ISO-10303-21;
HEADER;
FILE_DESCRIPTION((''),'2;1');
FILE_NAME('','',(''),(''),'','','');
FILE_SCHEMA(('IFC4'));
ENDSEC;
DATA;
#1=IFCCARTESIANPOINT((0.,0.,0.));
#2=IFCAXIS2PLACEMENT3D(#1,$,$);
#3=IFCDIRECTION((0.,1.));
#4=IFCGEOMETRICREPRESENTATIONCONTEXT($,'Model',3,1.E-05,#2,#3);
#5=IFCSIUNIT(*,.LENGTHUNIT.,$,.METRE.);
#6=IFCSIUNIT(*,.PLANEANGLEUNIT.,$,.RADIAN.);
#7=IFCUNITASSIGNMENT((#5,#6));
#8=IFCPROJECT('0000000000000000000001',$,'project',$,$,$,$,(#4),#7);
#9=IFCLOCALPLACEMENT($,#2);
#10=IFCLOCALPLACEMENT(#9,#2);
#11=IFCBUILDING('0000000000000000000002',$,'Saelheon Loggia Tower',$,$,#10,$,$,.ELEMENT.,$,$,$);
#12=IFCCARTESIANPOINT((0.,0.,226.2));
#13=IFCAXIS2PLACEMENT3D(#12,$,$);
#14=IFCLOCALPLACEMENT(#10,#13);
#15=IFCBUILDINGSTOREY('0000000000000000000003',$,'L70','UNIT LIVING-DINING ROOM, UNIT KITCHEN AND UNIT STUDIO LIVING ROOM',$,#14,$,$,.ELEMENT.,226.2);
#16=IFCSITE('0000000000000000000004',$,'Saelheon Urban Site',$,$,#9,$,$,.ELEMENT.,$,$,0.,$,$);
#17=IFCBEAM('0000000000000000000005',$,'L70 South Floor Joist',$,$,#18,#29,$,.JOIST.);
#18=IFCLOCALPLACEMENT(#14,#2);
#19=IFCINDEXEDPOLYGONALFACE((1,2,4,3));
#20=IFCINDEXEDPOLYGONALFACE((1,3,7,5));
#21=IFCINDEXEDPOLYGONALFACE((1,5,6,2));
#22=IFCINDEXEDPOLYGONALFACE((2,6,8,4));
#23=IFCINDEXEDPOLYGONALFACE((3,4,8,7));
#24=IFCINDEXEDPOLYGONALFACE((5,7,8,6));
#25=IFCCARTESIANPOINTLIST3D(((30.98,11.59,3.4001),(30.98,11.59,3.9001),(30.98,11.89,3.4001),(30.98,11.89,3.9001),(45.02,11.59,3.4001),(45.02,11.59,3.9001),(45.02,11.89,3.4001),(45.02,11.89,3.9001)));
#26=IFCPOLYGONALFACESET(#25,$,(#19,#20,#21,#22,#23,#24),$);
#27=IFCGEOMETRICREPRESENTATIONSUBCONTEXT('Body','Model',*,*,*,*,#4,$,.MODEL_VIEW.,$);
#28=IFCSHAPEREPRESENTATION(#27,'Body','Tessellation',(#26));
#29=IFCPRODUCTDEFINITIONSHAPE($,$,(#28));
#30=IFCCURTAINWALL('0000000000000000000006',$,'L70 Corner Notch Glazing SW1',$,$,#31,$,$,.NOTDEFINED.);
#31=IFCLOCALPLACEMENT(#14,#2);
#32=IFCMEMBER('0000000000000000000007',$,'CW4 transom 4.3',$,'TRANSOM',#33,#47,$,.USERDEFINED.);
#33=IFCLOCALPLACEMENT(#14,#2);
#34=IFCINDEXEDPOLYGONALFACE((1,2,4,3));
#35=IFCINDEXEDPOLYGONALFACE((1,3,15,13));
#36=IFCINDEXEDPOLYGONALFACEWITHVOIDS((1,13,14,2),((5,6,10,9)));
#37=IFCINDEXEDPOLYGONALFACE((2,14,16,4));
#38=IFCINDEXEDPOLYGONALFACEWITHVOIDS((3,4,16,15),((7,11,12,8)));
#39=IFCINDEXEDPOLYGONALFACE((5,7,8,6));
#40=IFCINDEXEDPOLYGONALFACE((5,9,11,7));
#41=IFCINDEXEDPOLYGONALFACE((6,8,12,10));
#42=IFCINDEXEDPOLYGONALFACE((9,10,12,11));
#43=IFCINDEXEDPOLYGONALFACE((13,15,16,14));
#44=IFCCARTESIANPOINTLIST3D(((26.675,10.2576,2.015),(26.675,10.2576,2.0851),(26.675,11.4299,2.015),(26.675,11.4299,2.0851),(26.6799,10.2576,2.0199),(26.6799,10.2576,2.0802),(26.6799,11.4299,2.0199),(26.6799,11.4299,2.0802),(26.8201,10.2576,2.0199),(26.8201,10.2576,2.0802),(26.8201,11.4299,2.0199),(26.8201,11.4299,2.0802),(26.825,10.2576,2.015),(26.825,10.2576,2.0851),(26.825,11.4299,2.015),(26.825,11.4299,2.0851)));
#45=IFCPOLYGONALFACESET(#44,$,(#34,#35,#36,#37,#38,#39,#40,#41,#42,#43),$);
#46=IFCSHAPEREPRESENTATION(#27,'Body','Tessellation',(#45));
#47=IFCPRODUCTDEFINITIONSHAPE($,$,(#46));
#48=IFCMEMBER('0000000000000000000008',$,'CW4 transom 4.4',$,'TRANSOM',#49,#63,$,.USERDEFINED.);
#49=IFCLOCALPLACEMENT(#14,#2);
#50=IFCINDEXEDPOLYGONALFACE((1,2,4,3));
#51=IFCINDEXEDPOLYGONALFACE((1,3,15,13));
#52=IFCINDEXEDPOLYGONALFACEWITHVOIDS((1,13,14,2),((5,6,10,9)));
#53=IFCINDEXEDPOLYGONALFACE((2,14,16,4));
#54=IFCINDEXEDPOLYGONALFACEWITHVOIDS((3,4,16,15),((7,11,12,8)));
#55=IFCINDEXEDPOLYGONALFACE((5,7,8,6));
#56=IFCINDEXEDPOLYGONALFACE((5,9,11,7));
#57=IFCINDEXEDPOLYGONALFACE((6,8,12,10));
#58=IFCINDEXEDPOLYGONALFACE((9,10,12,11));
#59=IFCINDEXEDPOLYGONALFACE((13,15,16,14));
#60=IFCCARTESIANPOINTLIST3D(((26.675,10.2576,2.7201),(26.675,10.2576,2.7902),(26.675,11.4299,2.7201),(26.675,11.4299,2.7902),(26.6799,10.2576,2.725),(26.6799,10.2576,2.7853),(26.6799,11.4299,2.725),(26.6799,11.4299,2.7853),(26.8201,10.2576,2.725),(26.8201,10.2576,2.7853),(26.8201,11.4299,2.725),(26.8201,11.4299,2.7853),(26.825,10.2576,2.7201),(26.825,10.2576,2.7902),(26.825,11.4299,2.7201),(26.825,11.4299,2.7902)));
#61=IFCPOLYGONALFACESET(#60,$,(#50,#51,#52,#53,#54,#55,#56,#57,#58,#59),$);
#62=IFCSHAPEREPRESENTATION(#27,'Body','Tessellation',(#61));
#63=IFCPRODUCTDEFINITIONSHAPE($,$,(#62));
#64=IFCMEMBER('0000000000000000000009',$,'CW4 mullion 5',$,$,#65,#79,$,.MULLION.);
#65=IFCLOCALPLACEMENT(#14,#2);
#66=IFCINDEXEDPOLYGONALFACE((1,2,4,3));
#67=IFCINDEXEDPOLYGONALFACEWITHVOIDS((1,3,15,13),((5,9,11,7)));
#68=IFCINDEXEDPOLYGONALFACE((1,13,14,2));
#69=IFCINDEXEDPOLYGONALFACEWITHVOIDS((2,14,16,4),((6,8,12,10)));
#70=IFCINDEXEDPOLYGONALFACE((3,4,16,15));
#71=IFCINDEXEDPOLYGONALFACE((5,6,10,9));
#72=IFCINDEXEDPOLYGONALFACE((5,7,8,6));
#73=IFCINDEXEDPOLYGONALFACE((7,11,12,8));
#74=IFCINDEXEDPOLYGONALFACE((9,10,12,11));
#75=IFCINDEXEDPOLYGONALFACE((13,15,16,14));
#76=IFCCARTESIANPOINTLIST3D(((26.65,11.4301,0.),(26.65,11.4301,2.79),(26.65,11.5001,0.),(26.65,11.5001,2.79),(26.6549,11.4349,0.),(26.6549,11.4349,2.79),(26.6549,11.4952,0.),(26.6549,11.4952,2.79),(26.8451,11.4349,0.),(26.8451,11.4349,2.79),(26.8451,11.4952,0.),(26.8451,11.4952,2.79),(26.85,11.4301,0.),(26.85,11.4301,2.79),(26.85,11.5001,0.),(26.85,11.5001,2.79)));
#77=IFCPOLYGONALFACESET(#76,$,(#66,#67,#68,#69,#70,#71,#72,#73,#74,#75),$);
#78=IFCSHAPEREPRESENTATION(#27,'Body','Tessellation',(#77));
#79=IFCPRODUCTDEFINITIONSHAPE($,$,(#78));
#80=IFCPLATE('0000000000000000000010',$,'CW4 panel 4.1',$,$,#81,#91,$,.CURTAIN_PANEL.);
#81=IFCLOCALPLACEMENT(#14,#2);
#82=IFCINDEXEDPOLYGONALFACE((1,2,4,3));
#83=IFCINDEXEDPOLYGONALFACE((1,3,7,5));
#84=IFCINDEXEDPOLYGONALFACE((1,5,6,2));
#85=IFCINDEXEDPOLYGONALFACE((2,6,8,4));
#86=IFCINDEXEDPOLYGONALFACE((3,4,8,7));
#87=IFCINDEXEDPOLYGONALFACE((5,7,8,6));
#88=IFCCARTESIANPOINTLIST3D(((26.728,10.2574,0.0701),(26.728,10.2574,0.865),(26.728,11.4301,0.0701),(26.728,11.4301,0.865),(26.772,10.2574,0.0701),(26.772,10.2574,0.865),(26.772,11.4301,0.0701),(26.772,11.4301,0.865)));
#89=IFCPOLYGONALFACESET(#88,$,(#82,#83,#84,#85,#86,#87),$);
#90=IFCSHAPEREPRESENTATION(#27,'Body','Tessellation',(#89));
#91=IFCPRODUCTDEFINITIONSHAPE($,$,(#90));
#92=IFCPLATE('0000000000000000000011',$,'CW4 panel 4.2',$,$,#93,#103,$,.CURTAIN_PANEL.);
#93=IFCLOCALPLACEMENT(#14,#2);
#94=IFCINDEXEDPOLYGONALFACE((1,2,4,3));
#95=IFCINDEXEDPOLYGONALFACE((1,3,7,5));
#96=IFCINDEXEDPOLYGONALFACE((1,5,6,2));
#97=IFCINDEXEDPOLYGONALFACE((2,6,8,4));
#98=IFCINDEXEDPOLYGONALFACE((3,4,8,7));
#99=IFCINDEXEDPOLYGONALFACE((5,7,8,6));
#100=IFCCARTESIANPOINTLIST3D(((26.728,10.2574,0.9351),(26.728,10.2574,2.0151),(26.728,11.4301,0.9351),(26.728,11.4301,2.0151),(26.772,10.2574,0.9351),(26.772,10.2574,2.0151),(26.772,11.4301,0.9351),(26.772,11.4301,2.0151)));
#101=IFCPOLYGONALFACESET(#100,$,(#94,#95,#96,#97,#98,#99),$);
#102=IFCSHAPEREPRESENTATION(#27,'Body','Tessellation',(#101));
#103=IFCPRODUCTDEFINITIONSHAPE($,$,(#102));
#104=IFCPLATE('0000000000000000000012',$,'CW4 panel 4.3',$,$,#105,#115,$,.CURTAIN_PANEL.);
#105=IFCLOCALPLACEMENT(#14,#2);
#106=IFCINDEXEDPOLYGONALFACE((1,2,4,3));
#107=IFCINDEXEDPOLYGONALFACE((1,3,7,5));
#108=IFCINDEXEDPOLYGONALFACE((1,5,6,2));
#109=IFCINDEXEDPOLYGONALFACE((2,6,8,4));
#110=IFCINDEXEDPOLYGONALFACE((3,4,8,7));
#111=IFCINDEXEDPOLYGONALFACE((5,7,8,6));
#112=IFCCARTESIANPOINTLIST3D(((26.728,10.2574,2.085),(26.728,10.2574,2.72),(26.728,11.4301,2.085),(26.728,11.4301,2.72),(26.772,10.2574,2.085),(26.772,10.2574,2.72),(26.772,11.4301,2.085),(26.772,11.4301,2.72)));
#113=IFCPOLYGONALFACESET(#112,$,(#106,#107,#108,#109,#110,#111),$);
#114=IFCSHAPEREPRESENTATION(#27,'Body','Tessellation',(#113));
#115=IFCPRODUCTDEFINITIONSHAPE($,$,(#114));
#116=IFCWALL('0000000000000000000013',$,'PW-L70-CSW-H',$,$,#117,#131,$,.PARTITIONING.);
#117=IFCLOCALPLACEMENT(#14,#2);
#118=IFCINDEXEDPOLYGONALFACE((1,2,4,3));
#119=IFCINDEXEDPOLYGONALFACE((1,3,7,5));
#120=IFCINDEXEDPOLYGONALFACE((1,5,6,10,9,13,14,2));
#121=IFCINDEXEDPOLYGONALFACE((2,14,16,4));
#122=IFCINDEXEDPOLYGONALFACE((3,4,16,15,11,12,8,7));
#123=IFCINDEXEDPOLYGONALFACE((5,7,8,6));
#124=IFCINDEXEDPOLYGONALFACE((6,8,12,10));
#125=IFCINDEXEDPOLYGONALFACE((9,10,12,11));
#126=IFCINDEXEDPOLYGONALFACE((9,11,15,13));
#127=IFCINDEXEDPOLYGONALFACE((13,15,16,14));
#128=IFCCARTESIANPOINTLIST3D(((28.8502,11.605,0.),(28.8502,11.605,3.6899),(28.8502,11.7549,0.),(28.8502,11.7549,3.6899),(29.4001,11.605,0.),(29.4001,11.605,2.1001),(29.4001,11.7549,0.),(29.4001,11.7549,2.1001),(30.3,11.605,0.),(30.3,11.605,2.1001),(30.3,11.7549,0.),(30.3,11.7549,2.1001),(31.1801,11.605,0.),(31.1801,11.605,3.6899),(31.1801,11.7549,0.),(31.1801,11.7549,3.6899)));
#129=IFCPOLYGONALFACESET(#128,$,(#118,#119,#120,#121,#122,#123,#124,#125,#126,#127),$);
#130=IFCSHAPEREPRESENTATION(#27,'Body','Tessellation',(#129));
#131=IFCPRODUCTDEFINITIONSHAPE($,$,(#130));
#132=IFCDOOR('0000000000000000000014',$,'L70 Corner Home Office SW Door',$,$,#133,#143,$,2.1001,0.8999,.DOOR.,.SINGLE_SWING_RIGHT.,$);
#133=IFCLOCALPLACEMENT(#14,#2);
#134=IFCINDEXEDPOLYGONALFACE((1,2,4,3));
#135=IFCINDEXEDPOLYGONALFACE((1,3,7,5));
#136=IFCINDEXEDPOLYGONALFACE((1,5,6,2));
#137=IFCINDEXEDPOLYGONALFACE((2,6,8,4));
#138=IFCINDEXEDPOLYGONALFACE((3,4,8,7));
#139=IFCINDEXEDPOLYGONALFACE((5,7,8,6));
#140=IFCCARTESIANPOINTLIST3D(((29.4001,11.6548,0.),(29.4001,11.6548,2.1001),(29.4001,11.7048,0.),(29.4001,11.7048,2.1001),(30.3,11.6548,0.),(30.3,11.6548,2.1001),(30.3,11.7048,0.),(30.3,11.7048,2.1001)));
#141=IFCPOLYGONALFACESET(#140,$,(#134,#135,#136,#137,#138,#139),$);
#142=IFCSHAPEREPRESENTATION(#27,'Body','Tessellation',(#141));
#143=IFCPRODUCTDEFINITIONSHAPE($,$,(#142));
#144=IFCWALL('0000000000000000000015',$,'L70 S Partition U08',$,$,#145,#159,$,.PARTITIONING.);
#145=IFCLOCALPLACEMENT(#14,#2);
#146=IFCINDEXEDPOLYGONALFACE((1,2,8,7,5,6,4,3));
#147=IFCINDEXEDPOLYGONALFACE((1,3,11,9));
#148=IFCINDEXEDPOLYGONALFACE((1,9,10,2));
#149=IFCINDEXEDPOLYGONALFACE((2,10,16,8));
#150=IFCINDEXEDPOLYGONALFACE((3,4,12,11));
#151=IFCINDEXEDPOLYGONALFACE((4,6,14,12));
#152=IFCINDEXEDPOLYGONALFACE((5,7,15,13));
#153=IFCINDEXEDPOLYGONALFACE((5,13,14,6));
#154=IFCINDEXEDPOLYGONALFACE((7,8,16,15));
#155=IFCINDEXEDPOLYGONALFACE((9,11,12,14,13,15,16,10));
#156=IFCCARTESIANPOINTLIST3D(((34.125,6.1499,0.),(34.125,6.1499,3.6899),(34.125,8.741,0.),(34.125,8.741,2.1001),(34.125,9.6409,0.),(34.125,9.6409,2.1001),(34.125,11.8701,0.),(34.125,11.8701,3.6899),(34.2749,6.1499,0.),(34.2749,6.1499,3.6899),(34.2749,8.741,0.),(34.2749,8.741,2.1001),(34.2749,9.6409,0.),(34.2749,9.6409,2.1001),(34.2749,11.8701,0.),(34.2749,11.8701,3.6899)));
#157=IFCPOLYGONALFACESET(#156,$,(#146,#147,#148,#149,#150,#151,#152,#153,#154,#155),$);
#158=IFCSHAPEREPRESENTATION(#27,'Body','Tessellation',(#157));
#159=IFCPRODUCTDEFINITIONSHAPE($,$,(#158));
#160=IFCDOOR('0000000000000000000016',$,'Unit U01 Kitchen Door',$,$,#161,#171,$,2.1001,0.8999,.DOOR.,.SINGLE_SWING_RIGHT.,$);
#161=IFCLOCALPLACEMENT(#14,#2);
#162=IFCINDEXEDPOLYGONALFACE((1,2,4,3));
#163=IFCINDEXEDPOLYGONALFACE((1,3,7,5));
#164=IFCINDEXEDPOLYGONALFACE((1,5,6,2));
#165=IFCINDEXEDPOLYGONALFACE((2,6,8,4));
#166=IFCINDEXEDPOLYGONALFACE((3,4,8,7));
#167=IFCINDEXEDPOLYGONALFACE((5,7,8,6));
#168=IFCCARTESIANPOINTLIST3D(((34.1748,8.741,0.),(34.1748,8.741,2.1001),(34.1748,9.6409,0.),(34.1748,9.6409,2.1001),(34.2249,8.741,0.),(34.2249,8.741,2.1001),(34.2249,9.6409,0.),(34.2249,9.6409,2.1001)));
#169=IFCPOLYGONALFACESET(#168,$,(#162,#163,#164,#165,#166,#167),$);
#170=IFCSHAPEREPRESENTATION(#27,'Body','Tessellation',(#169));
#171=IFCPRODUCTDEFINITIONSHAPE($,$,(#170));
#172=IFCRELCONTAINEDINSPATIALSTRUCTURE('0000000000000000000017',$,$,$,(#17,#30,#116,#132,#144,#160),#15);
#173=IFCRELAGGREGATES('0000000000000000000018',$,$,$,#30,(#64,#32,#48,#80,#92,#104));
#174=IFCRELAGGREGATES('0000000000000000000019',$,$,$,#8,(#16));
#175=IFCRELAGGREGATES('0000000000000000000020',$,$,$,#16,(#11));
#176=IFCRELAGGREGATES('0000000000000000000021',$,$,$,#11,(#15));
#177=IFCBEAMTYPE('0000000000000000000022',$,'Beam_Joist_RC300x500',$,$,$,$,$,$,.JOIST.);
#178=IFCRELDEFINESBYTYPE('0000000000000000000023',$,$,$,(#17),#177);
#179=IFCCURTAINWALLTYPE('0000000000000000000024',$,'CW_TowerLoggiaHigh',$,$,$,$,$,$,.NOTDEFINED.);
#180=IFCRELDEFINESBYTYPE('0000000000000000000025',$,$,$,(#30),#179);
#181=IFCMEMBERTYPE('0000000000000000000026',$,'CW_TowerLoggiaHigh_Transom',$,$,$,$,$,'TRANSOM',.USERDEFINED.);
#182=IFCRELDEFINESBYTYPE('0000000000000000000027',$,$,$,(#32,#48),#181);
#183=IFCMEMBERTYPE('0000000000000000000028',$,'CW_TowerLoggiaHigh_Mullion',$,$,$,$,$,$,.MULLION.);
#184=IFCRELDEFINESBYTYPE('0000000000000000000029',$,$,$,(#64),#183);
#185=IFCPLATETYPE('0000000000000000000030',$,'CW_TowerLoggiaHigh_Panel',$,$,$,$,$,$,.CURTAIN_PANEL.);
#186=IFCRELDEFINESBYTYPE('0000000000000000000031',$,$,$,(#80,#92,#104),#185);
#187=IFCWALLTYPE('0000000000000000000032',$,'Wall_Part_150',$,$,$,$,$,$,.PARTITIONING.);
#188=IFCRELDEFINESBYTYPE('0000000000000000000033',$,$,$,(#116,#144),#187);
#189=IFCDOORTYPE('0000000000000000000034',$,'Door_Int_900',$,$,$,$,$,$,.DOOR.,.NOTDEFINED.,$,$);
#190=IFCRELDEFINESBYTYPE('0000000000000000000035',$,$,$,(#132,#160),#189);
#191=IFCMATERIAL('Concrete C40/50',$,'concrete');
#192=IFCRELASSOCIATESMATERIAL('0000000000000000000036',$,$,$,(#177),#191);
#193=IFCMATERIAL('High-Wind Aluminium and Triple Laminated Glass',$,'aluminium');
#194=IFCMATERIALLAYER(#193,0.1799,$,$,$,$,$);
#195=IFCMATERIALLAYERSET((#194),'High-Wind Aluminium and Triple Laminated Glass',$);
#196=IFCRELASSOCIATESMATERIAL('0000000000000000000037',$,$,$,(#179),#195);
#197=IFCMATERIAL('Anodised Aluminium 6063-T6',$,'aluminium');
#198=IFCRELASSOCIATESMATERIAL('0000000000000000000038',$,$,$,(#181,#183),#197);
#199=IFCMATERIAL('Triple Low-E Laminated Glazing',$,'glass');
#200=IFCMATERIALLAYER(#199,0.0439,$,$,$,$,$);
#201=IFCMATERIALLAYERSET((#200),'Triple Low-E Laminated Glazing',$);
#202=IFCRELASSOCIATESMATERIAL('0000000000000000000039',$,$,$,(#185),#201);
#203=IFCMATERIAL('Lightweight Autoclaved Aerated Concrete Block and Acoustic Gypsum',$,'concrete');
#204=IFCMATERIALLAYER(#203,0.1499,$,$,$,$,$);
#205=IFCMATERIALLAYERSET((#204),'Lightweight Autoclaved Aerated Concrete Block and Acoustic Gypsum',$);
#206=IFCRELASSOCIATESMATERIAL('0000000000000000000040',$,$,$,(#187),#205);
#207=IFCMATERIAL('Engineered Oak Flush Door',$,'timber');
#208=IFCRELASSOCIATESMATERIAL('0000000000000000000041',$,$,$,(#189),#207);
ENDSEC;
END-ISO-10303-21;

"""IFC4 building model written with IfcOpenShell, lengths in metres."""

from ifc_helpers import new_model, si_unit, direction, frame, frame_2d, origin, origin_2d, place, context, subcontext, project, spatial, rectangle, hollow_rectangle, extrude, source, transform, mapped, material, layer, layer_set, material_profile, profile_set, type_object, element, fill, aggregate, save


model = new_model("IFC4")

# Units and contexts
model_context = context("Model", 3, precision=1e-05, world=origin(), true_north=direction((0.0, 1.0)))
body_context = subcontext(model_context, "Body", "Model", "MODEL_VIEW")
ifc_project = project(units=[si_unit("LENGTHUNIT", "METRE"), si_unit("PLANEANGLEUNIT", "RADIAN")], contexts=[model_context])

# Site, building, storey
site_placement = place(None, origin())
site = spatial("IfcSite", under=ifc_project, at=site_placement, Name="Saelheon Urban Site", CompositionType="ELEMENT", RefElevation=0.0)
building_placement = place(site_placement, origin())
building = spatial("IfcBuilding", under=site, at=building_placement, Name="Saelheon Loggia Tower", CompositionType="ELEMENT")
storey_placement = place(building_placement, frame((0.0, 0.0, 226.2)))
storey = spatial("IfcBuildingStorey", under=building, at=storey_placement, Name="L70", Description="UNIT LIVING-DINING ROOM, UNIT KITCHEN AND UNIT STUDIO LIVING ROOM", CompositionType="ELEMENT", Elevation=226.2)

# Beam
ifc_material_1 = material(Name="Concrete C40/50", Category="concrete")
ifc_material_profile_1 = material_profile(ifc_material_1, rectangle(XDim=0.3, YDim=0.5, at=origin_2d()), Name="RC-300x500")
ifc_profile_set_1 = profile_set([ifc_material_profile_1], Name="Concrete C40/50")
beam_type = type_object("IfcBeamType", Name="Beam_Joist_RC300x500", PredefinedType="JOIST", material=ifc_profile_set_1)
shared_shape_1 = source(origin(), body_context, "Body", "SweptSolid", [
    extrude(rectangle(XDim=0.3, YDim=0.5, at=origin_2d()), origin(), (0.0, 0.0, 1.0), 14.04),
])
beam_placement = place(storey_placement, frame((30.98, 11.74, 3.6501), z_axis=(1.0, 0.0, 0.0), x_axis=(0.0, 1.0, 0.0)))
element("IfcBeam", 1, at=beam_placement, inside=storey, type_object=beam_type, Name="L70 South Floor Joist", PredefinedType="JOIST", context=body_context, shape_type="MappedRepresentation", body=[
    mapped(shared_shape_1, transform((0.0, 0.0, 0.0), scale=1.0)),
])

# Curtain wall, members, plates
ifc_material_2 = material(Name="High-Wind Aluminium and Triple Laminated Glass", Category="aluminium")
ifc_layer_1 = layer(ifc_material_2, 0.1799)
ifc_layer_set_1 = layer_set([ifc_layer_1], Name="High-Wind Aluminium and Triple Laminated Glass")
curtain_wall_type = type_object("IfcCurtainWallType", Name="CW_TowerLoggiaHigh", PredefinedType="NOTDEFINED", material=ifc_layer_set_1)
curtain_wall_placement = place(storey_placement, origin())
curtain_wall = element("IfcCurtainWall", 2, at=curtain_wall_placement, inside=storey, type_object=curtain_wall_type, Name="L70 Corner Notch Glazing SW1", PredefinedType="NOTDEFINED")
ifc_material_3 = material(Name="Anodised Aluminium 6063-T6", Category="aluminium")
ifc_material_profile_2 = material_profile(ifc_material_3, hollow_rectangle(XDim=0.0701, YDim=0.1499, WallThickness=0.0049, at=origin_2d()), Name="RHS-150x70x5")
ifc_profile_set_2 = profile_set([ifc_material_profile_2], Name="Anodised Aluminium 6063-T6")
member_type_1 = type_object("IfcMemberType", Name="CW_TowerLoggiaHigh_Transom", ElementType="TRANSOM", PredefinedType="USERDEFINED", material=ifc_profile_set_2)
shared_shape_2 = source(origin(), body_context, "Body", "SweptSolid", [
    extrude(hollow_rectangle(XDim=0.0701, YDim=0.1499, WallThickness=0.0049, at=origin_2d()), origin(), (0.0, 0.0, 1.0), 1.1724),
])
member_1_placement = place(storey_placement, frame((26.75, 10.2576, 2.05), z_axis=(0.0, 1.0, 0.0), x_axis=(0.0, 0.0, 1.0)))
member_1 = element("IfcMember", 3, at=member_1_placement, type_object=member_type_1, Name="CW4 transom 4.3", ObjectType="TRANSOM", PredefinedType="USERDEFINED", context=body_context, shape_type="MappedRepresentation", body=[
    mapped(shared_shape_2, transform((0.0, 0.0, 0.0), scale=1.0)),
])
member_2_placement = place(storey_placement, frame((26.75, 10.2576, 2.7551), z_axis=(0.0, 1.0, 0.0), x_axis=(0.0, 0.0, 1.0)))
member_2 = element("IfcMember", 4, at=member_2_placement, type_object=member_type_1, Name="CW4 transom 4.4", ObjectType="TRANSOM", PredefinedType="USERDEFINED", context=body_context, shape_type="MappedRepresentation", body=[
    mapped(shared_shape_2, transform((0.0, 0.0, 0.0), scale=1.0)),
])
ifc_material_profile_3 = material_profile(ifc_material_3, hollow_rectangle(XDim=0.0701, YDim=0.2, WallThickness=0.0049, at=origin_2d()), Name="RHS-200x70x5")
ifc_profile_set_3 = profile_set([ifc_material_profile_3], Name="Anodised Aluminium 6063-T6")
member_type_2 = type_object("IfcMemberType", Name="CW_TowerLoggiaHigh_Mullion", PredefinedType="MULLION", material=ifc_profile_set_3)
shared_shape_3 = source(origin(), body_context, "Body", "SweptSolid", [
    extrude(hollow_rectangle(XDim=0.0701, YDim=0.2, WallThickness=0.0049, at=origin_2d()), origin(), (0.0, 0.0, 1.0), 2.79),
])
member_3_placement = place(storey_placement, frame((26.75, 11.4651, 0.0), z_axis=(0.0, 0.0, 1.0), x_axis=(0.0, 1.0, 0.0)))
member_3 = element("IfcMember", 5, at=member_3_placement, type_object=member_type_2, Name="CW4 mullion 5", PredefinedType="MULLION", context=body_context, shape_type="MappedRepresentation", body=[
    mapped(shared_shape_3, transform((0.0, 0.0, 0.0), scale=1.0)),
])
ifc_material_4 = material(Name="Triple Low-E Laminated Glazing", Category="glass")
ifc_layer_2 = layer(ifc_material_4, 0.0439)
ifc_layer_set_2 = layer_set([ifc_layer_2], Name="Triple Low-E Laminated Glazing")
plate_type = type_object("IfcPlateType", Name="CW_TowerLoggiaHigh_Panel", PredefinedType="CURTAIN_PANEL", material=ifc_layer_set_2)
shared_shape_4 = source(origin(), body_context, "Body", "SweptSolid", [
    extrude(rectangle(XDim=1.1726, YDim=0.0439, at=origin_2d()), origin(), (0.0, 0.0, 1.0), 0.7949),
])
plate_1_placement = place(storey_placement, frame((26.75, 10.8438, 0.0701), z_axis=(0.0, 0.0, 1.0), x_axis=(0.0, 1.0, 0.0)))
plate_1 = element("IfcPlate", 6, at=plate_1_placement, type_object=plate_type, Name="CW4 panel 4.1", PredefinedType="CURTAIN_PANEL", context=body_context, shape_type="MappedRepresentation", body=[
    mapped(shared_shape_4, transform((0.0, 0.0, 0.0), scale=1.0)),
])
shared_shape_5 = source(origin(), body_context, "Body", "SweptSolid", [
    extrude(rectangle(XDim=1.1726, YDim=0.0439, at=origin_2d()), origin(), (0.0, 0.0, 1.0), 1.0801),
])
plate_2_placement = place(storey_placement, frame((26.75, 10.8438, 0.9351), z_axis=(0.0, 0.0, 1.0), x_axis=(0.0, 1.0, 0.0)))
plate_2 = element("IfcPlate", 7, at=plate_2_placement, type_object=plate_type, Name="CW4 panel 4.2", PredefinedType="CURTAIN_PANEL", context=body_context, shape_type="MappedRepresentation", body=[
    mapped(shared_shape_5, transform((0.0, 0.0, 0.0), scale=1.0)),
])
shared_shape_6 = source(origin(), body_context, "Body", "SweptSolid", [
    extrude(rectangle(XDim=1.1726, YDim=0.0439, at=origin_2d()), origin(), (0.0, 0.0, 1.0), 0.635),
])
plate_3_placement = place(storey_placement, frame((26.75, 10.8438, 2.085), z_axis=(0.0, 0.0, 1.0), x_axis=(0.0, 1.0, 0.0)))
plate_3 = element("IfcPlate", 8, at=plate_3_placement, type_object=plate_type, Name="CW4 panel 4.3", PredefinedType="CURTAIN_PANEL", context=body_context, shape_type="MappedRepresentation", body=[
    mapped(shared_shape_6, transform((0.0, 0.0, 0.0), scale=1.0)),
])
aggregate(curtain_wall, [member_3, member_1, member_2, plate_1, plate_2, plate_3])

# Walls, openings, doors
ifc_material_5 = material(Name="Lightweight Autoclaved Aerated Concrete Block and Acoustic Gypsum", Category="concrete")
ifc_layer_3 = layer(ifc_material_5, 0.1499)
ifc_layer_set_3 = layer_set([ifc_layer_3], Name="Lightweight Autoclaved Aerated Concrete Block and Acoustic Gypsum")
wall_type_1 = type_object("IfcWallType", Name="Wall_Part_150", PredefinedType="PARTITIONING", material=ifc_layer_set_3)
wall_1_placement = place(storey_placement, frame((28.8501, 11.6799, 0.0), z_axis=(0.0, 0.0, 1.0), x_axis=(1.0, 0.0, 0.0)))
wall_1 = element("IfcWall", 9, at=wall_1_placement, inside=storey, type_object=wall_type_1, Name="PW-L70-CSW-H", PredefinedType="PARTITIONING", context=body_context, shape_type="SweptSolid", body=[
    extrude(rectangle(XDim=2.3298, YDim=0.1499, at=frame_2d((1.165, 0.0))), origin(), (0.0, 0.0, 1.0), 3.6899),
])
opening_1_placement = place(wall_1_placement, frame((0.55, 0.0, 0.0)))
opening_1 = element("IfcOpeningElement", 10, at=opening_1_placement, cuts=wall_1, PredefinedType="OPENING", context=body_context, shape_type="SweptSolid", body=[
    extrude(rectangle(XDim=0.8999, YDim=2.1001, at=frame_2d((0.45, 1.05))), frame((0.0, 0.0869, 0.0), z_axis=(0.0, -1.0, 0.0), x_axis=(1.0, 0.0, 0.0)), (0.0, 0.0, 1.0), 0.1738),
])
ifc_material_6 = material(Name="Engineered Oak Flush Door", Category="timber")
door_type_1 = type_object("IfcDoorType", Name="Door_Int_900", OperationType="NOTDEFINED", PredefinedType="DOOR", material=ifc_material_6)
shared_shape_7 = source(origin(), body_context, "Body", "SweptSolid", [
    extrude(rectangle(XDim=0.8999, YDim=2.1001, at=frame_2d((0.45, 1.05))), frame((0.0, 0.0249, 0.0), z_axis=(0.0, -1.0, 0.0), x_axis=(1.0, 0.0, 0.0)), (0.0, 0.0, 1.0), 0.05),
])
door_1_placement = place(opening_1_placement, origin())
door_1 = element("IfcDoor", 11, at=door_1_placement, inside=storey, type_object=door_type_1, Name="L70 Corner Home Office SW Door", OperationType="SINGLE_SWING_RIGHT", OverallHeight=2.1001, OverallWidth=0.8999, PredefinedType="DOOR", context=body_context, shape_type="MappedRepresentation", body=[
    mapped(shared_shape_7, transform((0.0, 0.0, 0.0), scale=1.0)),
])
fill(opening_1, door_1)
wall_2_placement = place(storey_placement, frame((34.2, 11.8701, 0.0), z_axis=(0.0, 0.0, 1.0), x_axis=(0.0, -1.0, 0.0)))
wall_2 = element("IfcWall", 12, at=wall_2_placement, inside=storey, type_object=wall_type_1, Name="L70 S Partition U08", PredefinedType="PARTITIONING", context=body_context, shape_type="SweptSolid", body=[
    extrude(rectangle(XDim=5.7202, YDim=0.1499, at=frame_2d((2.8601, 0.0))), origin(), (0.0, 0.0, 1.0), 3.6899),
])
opening_2_placement = place(wall_2_placement, frame((2.2292, 0.0, 0.0)))
opening_2 = element("IfcOpeningElement", 13, at=opening_2_placement, cuts=wall_2, PredefinedType="OPENING", context=body_context, shape_type="SweptSolid", body=[
    extrude(rectangle(XDim=0.8999, YDim=2.1001, at=frame_2d((0.45, 1.05))), frame((0.0, 0.0869, 0.0), z_axis=(0.0, -1.0, 0.0), x_axis=(1.0, 0.0, 0.0)), (0.0, 0.0, 1.0), 0.1738),
])
door_2_placement = place(opening_2_placement, origin())
door_2 = element("IfcDoor", 14, at=door_2_placement, inside=storey, type_object=door_type_1, Name="Unit U01 Kitchen Door", OperationType="SINGLE_SWING_RIGHT", OverallHeight=2.1001, OverallWidth=0.8999, PredefinedType="DOOR", context=body_context, shape_type="MappedRepresentation", body=[
    mapped(shared_shape_7, transform((0.0, 0.0, 0.0), scale=1.0)),
])
fill(opening_2, door_2)

save(model, "model.ifc")
